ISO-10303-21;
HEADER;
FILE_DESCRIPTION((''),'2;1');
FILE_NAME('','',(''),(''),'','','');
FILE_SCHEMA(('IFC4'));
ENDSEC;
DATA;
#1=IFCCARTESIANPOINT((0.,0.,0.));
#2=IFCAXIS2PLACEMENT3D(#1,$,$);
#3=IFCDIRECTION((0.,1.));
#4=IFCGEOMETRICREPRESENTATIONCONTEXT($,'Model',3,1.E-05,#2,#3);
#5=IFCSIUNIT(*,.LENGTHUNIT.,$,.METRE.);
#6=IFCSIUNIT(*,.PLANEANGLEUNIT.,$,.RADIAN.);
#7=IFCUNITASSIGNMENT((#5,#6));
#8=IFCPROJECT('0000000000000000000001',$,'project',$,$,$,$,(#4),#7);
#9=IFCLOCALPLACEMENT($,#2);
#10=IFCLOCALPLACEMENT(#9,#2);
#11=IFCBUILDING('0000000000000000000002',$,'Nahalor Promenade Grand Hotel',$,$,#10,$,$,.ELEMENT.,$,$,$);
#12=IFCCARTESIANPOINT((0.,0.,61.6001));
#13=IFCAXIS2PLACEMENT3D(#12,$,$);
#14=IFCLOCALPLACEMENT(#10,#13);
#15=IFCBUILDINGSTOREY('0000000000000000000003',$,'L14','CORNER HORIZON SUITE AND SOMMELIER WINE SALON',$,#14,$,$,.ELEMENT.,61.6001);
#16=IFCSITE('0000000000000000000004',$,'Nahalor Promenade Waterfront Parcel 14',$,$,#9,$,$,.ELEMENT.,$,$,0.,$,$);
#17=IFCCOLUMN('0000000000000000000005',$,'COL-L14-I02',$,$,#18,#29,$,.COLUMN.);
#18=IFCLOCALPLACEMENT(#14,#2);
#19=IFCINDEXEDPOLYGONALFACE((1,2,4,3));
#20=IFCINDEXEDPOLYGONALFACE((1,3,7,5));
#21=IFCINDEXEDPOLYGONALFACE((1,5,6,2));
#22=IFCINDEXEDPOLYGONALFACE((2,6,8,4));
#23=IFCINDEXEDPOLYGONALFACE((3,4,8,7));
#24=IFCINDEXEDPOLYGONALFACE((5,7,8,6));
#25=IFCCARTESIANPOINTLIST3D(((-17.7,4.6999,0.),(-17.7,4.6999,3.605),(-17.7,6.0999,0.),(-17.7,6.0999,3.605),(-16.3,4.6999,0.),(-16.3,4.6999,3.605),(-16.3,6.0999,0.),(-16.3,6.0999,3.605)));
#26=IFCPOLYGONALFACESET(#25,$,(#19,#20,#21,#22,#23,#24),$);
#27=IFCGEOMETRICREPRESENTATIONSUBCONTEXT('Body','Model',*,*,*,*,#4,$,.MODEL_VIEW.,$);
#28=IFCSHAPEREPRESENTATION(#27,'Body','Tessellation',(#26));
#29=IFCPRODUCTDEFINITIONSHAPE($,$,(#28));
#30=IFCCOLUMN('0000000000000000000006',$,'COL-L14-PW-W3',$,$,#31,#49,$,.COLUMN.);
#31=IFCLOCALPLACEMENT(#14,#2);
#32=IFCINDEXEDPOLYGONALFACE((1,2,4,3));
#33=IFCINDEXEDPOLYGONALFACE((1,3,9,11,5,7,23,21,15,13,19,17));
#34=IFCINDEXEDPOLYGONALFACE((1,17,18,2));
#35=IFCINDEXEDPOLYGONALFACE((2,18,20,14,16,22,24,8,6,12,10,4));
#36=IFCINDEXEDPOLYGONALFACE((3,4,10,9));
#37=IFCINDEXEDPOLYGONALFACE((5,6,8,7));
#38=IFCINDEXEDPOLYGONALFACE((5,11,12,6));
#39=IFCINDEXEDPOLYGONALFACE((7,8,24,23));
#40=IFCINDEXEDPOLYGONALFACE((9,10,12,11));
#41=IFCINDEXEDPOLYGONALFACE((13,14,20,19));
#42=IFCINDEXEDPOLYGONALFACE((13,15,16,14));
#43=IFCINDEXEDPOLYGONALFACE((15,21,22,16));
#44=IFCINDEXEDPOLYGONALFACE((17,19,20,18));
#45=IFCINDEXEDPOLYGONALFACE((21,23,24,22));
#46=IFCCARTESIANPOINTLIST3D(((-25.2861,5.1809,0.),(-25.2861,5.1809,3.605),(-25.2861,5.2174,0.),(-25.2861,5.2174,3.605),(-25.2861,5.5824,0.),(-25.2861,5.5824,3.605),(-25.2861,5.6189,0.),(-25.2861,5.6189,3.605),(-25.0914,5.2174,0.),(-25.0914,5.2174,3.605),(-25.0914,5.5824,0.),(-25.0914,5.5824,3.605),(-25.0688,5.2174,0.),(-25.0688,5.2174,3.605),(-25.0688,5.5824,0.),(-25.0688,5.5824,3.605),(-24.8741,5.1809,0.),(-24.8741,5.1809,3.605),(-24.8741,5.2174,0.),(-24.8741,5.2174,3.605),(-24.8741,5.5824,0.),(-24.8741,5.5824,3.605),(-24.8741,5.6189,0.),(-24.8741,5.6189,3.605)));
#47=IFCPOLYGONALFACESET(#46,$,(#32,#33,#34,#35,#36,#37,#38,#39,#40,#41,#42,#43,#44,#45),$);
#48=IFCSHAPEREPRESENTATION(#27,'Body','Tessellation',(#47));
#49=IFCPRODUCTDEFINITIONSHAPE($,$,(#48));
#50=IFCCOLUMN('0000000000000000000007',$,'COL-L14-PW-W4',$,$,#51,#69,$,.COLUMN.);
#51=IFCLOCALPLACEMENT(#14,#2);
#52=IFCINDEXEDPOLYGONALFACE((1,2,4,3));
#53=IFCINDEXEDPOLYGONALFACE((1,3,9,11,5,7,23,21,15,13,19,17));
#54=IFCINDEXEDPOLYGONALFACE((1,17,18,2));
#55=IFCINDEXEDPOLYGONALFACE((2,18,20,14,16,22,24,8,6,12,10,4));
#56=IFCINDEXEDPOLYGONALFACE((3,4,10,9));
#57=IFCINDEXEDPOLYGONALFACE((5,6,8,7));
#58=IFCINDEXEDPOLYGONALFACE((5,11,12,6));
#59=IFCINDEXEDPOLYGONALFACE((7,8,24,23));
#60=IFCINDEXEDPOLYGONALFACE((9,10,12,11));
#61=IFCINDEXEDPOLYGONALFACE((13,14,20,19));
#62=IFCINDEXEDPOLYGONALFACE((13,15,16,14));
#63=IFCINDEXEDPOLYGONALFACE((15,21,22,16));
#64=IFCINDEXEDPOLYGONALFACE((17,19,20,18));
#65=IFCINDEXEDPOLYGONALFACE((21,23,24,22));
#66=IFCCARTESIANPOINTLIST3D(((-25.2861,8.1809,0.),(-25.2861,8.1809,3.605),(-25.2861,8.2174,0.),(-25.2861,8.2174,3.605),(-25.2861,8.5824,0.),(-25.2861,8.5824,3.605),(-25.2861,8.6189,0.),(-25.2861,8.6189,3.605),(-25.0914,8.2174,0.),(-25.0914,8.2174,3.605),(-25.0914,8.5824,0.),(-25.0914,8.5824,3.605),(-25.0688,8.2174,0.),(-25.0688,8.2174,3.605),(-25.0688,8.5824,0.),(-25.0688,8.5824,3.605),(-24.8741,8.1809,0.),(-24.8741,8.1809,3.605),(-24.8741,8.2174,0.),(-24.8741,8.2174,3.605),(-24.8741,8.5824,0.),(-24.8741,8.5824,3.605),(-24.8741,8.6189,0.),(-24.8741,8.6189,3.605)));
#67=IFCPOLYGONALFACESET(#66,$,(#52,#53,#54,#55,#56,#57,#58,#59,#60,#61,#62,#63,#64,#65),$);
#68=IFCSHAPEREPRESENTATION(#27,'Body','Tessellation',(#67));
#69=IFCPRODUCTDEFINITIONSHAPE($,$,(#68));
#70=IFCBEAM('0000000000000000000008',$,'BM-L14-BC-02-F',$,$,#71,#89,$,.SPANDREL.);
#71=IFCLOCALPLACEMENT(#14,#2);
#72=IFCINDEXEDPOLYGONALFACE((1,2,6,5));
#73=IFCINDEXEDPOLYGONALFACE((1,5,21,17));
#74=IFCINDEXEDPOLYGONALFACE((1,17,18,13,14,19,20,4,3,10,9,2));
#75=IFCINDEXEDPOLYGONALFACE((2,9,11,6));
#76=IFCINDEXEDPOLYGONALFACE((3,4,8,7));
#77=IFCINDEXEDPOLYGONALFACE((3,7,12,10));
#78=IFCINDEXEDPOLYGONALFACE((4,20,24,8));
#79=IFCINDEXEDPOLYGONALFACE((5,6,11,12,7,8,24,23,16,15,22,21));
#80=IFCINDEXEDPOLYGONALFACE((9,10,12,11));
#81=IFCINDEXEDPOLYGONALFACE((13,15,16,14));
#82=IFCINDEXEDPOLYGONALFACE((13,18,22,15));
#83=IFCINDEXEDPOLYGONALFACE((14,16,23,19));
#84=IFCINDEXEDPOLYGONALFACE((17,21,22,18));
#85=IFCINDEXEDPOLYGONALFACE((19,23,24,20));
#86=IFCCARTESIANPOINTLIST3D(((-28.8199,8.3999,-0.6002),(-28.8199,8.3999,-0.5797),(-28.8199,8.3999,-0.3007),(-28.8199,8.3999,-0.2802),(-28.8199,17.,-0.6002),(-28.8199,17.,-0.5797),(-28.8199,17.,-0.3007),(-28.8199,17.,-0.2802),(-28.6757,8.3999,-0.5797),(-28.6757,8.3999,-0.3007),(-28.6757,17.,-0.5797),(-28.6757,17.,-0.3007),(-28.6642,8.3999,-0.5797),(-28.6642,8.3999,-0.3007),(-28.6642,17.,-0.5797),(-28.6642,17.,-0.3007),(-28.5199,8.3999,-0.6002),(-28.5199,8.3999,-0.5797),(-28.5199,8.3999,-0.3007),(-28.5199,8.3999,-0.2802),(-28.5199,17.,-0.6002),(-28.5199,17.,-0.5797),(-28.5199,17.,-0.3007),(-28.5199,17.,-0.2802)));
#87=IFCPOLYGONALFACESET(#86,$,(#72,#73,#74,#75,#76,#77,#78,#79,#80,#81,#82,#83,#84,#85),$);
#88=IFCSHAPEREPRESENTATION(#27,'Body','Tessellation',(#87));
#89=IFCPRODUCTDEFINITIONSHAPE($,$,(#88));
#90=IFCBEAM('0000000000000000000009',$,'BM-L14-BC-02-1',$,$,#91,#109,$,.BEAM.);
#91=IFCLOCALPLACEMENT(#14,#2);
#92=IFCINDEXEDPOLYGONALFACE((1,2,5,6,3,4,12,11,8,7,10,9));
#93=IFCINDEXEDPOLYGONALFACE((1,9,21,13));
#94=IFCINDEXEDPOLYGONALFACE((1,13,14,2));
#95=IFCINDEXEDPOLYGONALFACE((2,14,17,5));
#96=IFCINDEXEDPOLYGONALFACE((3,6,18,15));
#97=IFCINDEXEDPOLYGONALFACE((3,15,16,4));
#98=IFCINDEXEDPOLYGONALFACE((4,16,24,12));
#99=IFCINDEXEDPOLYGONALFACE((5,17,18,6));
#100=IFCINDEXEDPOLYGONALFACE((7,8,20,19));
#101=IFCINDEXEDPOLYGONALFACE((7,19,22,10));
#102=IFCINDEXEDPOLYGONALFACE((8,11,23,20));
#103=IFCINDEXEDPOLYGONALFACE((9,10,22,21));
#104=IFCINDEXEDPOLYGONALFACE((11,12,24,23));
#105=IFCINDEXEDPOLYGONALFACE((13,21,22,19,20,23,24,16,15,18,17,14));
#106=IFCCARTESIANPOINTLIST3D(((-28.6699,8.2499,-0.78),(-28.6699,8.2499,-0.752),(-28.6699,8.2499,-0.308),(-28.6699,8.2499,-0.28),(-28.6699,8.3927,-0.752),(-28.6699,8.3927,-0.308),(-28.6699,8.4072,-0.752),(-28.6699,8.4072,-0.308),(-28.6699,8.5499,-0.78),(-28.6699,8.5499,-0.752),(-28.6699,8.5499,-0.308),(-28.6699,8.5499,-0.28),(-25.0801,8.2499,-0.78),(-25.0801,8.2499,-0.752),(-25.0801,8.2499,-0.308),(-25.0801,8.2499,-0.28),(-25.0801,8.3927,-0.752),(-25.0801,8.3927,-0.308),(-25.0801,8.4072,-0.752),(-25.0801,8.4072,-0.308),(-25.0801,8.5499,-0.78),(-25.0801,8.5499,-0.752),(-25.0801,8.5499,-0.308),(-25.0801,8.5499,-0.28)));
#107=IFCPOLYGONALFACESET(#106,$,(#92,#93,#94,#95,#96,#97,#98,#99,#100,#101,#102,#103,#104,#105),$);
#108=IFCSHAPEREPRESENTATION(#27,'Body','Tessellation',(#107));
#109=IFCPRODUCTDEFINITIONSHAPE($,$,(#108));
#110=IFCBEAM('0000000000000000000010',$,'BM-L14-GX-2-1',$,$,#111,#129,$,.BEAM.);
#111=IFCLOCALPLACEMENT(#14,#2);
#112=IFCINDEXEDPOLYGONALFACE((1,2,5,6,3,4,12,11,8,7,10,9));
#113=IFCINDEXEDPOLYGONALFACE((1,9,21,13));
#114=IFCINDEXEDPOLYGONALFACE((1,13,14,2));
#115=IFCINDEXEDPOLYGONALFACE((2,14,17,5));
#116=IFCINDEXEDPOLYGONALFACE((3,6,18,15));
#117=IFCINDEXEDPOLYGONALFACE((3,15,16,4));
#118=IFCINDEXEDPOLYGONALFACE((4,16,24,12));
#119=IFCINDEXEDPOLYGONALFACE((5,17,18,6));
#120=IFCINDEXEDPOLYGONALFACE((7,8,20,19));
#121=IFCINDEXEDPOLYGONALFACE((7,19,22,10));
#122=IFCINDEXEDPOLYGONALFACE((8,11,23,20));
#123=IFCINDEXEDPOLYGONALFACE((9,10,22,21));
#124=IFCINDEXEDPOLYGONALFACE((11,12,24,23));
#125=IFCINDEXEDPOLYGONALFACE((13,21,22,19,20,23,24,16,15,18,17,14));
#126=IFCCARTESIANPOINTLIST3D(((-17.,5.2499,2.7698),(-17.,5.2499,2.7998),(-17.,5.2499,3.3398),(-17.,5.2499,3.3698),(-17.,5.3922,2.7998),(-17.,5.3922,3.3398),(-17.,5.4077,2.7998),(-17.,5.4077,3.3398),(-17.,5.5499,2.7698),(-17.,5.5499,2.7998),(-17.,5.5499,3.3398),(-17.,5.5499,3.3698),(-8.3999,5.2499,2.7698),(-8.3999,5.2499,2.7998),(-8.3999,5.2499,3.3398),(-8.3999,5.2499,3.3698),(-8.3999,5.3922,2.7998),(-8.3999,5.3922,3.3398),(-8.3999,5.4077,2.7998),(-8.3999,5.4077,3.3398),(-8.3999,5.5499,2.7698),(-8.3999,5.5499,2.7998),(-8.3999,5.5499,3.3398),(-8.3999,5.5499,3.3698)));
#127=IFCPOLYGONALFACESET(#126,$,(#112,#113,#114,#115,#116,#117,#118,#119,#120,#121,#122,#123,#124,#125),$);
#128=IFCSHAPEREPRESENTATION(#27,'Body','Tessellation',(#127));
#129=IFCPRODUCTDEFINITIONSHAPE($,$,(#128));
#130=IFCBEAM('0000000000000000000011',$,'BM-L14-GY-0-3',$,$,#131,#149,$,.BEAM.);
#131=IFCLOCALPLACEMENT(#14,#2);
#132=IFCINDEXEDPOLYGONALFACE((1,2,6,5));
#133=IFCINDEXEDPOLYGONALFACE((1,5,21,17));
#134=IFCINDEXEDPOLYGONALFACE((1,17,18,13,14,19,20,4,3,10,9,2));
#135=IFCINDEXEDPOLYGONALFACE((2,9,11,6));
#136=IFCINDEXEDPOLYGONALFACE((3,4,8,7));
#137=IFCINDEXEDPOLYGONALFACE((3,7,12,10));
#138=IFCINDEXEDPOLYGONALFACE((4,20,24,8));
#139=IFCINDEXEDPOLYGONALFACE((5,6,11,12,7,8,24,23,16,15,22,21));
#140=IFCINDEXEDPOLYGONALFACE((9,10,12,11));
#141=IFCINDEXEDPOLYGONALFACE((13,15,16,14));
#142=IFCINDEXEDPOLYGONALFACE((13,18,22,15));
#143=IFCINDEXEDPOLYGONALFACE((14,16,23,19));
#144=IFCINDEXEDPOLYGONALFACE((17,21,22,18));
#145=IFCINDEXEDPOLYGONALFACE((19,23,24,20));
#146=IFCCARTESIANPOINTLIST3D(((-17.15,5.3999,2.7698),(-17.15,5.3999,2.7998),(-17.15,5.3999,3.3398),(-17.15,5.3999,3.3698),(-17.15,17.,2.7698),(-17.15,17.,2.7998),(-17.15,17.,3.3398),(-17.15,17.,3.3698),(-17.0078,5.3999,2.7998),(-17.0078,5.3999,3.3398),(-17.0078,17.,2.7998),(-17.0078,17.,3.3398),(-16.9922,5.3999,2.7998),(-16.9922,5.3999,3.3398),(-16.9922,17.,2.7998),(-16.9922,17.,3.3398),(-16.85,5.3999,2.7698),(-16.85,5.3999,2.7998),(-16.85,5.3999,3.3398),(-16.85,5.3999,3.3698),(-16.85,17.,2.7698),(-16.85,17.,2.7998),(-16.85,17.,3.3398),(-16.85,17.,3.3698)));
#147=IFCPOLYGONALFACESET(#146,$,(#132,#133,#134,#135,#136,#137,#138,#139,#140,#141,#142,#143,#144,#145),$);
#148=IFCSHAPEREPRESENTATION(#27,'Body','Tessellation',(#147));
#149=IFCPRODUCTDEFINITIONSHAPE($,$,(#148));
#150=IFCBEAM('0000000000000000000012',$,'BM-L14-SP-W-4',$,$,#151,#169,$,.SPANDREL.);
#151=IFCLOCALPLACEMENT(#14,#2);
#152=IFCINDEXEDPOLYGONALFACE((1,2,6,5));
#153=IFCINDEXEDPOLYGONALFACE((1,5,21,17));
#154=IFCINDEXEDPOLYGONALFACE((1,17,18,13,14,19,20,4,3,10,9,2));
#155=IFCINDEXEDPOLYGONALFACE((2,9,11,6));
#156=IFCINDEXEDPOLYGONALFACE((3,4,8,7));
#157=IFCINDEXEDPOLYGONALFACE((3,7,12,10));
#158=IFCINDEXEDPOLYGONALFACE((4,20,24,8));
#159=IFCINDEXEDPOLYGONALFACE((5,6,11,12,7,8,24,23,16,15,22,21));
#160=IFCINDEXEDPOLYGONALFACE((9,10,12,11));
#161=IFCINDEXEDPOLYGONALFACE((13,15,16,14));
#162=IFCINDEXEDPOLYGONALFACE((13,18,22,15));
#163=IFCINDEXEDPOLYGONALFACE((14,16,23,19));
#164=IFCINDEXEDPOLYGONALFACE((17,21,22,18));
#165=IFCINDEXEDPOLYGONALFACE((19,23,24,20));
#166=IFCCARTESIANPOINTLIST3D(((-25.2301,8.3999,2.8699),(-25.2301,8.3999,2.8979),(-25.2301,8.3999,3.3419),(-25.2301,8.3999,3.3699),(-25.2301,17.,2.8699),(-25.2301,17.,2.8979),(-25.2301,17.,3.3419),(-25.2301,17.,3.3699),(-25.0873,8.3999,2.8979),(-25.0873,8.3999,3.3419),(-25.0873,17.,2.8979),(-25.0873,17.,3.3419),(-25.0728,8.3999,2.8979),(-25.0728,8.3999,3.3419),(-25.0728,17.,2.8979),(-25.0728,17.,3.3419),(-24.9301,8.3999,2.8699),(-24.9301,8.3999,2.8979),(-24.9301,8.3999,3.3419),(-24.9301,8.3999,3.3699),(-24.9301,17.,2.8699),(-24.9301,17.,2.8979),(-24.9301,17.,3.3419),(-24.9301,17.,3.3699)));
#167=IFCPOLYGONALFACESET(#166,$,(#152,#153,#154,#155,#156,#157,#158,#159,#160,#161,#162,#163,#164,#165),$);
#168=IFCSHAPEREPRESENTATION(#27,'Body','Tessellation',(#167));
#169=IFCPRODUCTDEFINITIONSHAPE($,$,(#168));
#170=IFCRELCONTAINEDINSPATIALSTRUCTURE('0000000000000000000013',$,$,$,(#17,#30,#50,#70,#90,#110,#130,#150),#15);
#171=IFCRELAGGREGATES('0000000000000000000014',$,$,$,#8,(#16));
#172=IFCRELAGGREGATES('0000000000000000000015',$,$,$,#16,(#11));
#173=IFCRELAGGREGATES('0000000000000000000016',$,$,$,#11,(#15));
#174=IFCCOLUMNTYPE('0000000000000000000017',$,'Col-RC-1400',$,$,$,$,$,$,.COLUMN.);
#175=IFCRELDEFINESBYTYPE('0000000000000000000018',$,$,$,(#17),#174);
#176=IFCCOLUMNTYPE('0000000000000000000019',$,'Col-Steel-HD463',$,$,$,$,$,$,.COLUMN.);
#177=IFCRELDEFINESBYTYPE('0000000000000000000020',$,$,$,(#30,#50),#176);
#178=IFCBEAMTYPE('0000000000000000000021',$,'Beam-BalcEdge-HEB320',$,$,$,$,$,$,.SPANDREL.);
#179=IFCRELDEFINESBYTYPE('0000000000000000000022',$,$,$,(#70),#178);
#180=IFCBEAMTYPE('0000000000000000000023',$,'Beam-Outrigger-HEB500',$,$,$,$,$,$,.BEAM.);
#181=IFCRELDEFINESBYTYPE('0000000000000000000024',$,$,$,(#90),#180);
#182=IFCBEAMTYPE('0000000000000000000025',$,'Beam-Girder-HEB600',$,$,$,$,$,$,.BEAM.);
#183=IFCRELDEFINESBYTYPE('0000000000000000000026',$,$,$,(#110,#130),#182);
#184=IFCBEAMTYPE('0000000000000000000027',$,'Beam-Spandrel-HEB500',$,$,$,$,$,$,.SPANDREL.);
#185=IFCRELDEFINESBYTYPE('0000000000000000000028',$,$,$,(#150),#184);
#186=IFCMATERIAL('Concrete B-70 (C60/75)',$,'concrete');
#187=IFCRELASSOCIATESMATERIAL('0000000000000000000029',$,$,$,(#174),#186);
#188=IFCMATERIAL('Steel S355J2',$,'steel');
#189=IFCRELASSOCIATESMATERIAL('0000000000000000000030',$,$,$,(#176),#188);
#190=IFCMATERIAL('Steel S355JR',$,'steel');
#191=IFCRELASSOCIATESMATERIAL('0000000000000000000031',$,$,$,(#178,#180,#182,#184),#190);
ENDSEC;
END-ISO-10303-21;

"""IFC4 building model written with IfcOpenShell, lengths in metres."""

from ifc_helpers import new_model, si_unit, direction, frame, origin, origin_2d, place, context, subcontext, project, spatial, rectangle, i_section, extrude, source, transform, mapped, material, material_profile, profile_set, type_object, element, save


model = new_model("IFC4")

# Units and contexts
model_context = context("Model", 3, precision=1e-05, world=origin(), true_north=direction((0.0, 1.0)))
body_context = subcontext(model_context, "Body", "Model", "MODEL_VIEW")
ifc_project = project(units=[si_unit("LENGTHUNIT", "METRE"), si_unit("PLANEANGLEUNIT", "RADIAN")], contexts=[model_context])

# Site, building, storey
site_placement = place(None, origin())
site = spatial("IfcSite", under=ifc_project, at=site_placement, Name="Nahalor Promenade Waterfront Parcel 14", CompositionType="ELEMENT", RefElevation=0.0)
building_placement = place(site_placement, origin())
building = spatial("IfcBuilding", under=site, at=building_placement, Name="Nahalor Promenade Grand Hotel", CompositionType="ELEMENT")
storey_placement = place(building_placement, frame((0.0, 0.0, 61.6001)))
storey = spatial("IfcBuildingStorey", under=building, at=storey_placement, Name="L14", Description="CORNER HORIZON SUITE AND SOMMELIER WINE SALON", CompositionType="ELEMENT", Elevation=61.6001)

# Columns
ifc_material_1 = material(Name="Concrete B-70 (C60/75)", Category="concrete")
ifc_material_profile_1 = material_profile(ifc_material_1, rectangle(XDim=1.4, YDim=1.4, at=origin_2d()), Name="RC 1400x1400")
ifc_profile_set_1 = profile_set([ifc_material_profile_1], Name="Concrete B-70 (C60/75)")
column_type_1 = type_object("IfcColumnType", Name="Col-RC-1400", PredefinedType="COLUMN", material=ifc_profile_set_1)
shared_shape_1 = source(origin(), body_context, "Body", "SweptSolid", [
    extrude(rectangle(XDim=1.4, YDim=1.4, at=origin_2d()), origin(), (0.0, 0.0, 1.0), 3.605),
])
column_placement = place(storey_placement, frame((-17.0, 5.3999, 0.0), z_axis=(0.0, 0.0, 1.0), x_axis=(1.0, 0.0, 0.0)))
element("IfcColumn", 1, at=column_placement, inside=storey, type_object=column_type_1, Name="COL-L14-I02", PredefinedType="COLUMN", context=body_context, shape_type="MappedRepresentation", body=[
    mapped(shared_shape_1, transform((0.0, 0.0, 0.0), scale=1.0)),
])
ifc_material_2 = material(Name="Steel S355J2", Category="steel")
ifc_material_profile_2 = material_profile(ifc_material_2, i_section(OverallWidth=0.412, OverallDepth=0.438, WebThickness=0.0226, FlangeThickness=0.0365, at=origin_2d()), Name="HD 400x463")
ifc_profile_set_2 = profile_set([ifc_material_profile_2], Name="Steel S355J2")
column_type_2 = type_object("IfcColumnType", Name="Col-Steel-HD463", PredefinedType="COLUMN", material=ifc_profile_set_2)
shared_shape_2 = source(origin(), body_context, "Body", "SweptSolid", [
    extrude(i_section(OverallWidth=0.412, OverallDepth=0.438, WebThickness=0.0226, FlangeThickness=0.0365, at=origin_2d()), origin(), (0.0, 0.0, 1.0), 3.605),
])
for number, where, z_axis, x_axis, name in (
    (2, (-25.0801, 5.3999, 0.0), (0.0, 0.0, 1.0), (1.0, 0.0, 0.0), "COL-L14-PW-W3"),
    (3, (-25.0801, 8.3999, 0.0), (0.0, 0.0, 1.0), (1.0, 0.0, 0.0), "COL-L14-PW-W4"),
):
    element("IfcColumn", number, at=place(storey_placement, frame(where, z_axis=z_axis, x_axis=x_axis)), inside=storey, type_object=column_type_2, Name=name, PredefinedType="COLUMN", context=body_context, shape_type="MappedRepresentation", body=[
        mapped(shared_shape_2, transform((0.0, 0.0, 0.0), scale=1.0)),
    ])

# Beams
ifc_material_3 = material(Name="Steel S355JR", Category="steel")
ifc_material_profile_3 = material_profile(ifc_material_3, i_section(OverallWidth=0.3, OverallDepth=0.32, WebThickness=0.0115, FlangeThickness=0.0205, at=origin_2d()), Name="HEB 320")
ifc_profile_set_3 = profile_set([ifc_material_profile_3], Name="Steel S355JR")
beam_type_1 = type_object("IfcBeamType", Name="Beam-BalcEdge-HEB320", PredefinedType="SPANDREL", material=ifc_profile_set_3)
shared_shape_3 = source(origin(), body_context, "Body", "SweptSolid", [
    extrude(i_section(OverallWidth=0.3, OverallDepth=0.32, WebThickness=0.0115, FlangeThickness=0.0205, at=origin_2d()), origin(), (0.0, 0.0, 1.0), 8.6001),
])
beam_1_placement = place(storey_placement, frame((-28.6699, 8.3999, -0.4402), z_axis=(0.0, 1.0, 0.0), x_axis=(-1.0, 0.0, 0.0)))
element("IfcBeam", 4, at=beam_1_placement, inside=storey, type_object=beam_type_1, Name="BM-L14-BC-02-F", PredefinedType="SPANDREL", context=body_context, shape_type="MappedRepresentation", body=[
    mapped(shared_shape_3, transform((0.0, 0.0, 0.0), scale=1.0)),
])
ifc_material_profile_4 = material_profile(ifc_material_3, i_section(OverallWidth=0.3, OverallDepth=0.5, WebThickness=0.0145, FlangeThickness=0.028, at=origin_2d()), Name="HEB 500")
ifc_profile_set_4 = profile_set([ifc_material_profile_4], Name="Steel S355JR")
beam_type_2 = type_object("IfcBeamType", Name="Beam-Outrigger-HEB500", PredefinedType="BEAM", material=ifc_profile_set_4)
shared_shape_4 = source(origin(), body_context, "Body", "SweptSolid", [
    extrude(i_section(OverallWidth=0.3, OverallDepth=0.5, WebThickness=0.0145, FlangeThickness=0.028, at=origin_2d()), origin(), (0.0, 0.0, 1.0), 3.5898),
])
beam_2_placement = place(storey_placement, frame((-28.6699, 8.3999, -0.53), z_axis=(1.0, 0.0, 0.0), x_axis=(0.0, 1.0, 0.0)))
element("IfcBeam", 5, at=beam_2_placement, inside=storey, type_object=beam_type_2, Name="BM-L14-BC-02-1", PredefinedType="BEAM", context=body_context, shape_type="MappedRepresentation", body=[
    mapped(shared_shape_4, transform((0.0, 0.0, 0.0), scale=1.0)),
])
ifc_material_profile_5 = material_profile(ifc_material_3, i_section(OverallWidth=0.3, OverallDepth=0.6, WebThickness=0.0155, FlangeThickness=0.03, at=origin_2d()), Name="HEB 600")
ifc_profile_set_5 = profile_set([ifc_material_profile_5], Name="Steel S355JR")
beam_type_3 = type_object("IfcBeamType", Name="Beam-Girder-HEB600", PredefinedType="BEAM", material=ifc_profile_set_5)
shared_shape_5 = source(origin(), body_context, "Body", "SweptSolid", [
    extrude(i_section(OverallWidth=0.3, OverallDepth=0.6, WebThickness=0.0155, FlangeThickness=0.03, at=origin_2d()), origin(), (0.0, 0.0, 1.0), 8.6001),
])
beam_3_placement = place(storey_placement, frame((-17.0, 5.3999, 3.0698), z_axis=(1.0, 0.0, 0.0), x_axis=(0.0, 1.0, 0.0)))
element("IfcBeam", 6, at=beam_3_placement, inside=storey, type_object=beam_type_3, Name="BM-L14-GX-2-1", PredefinedType="BEAM", context=body_context, shape_type="MappedRepresentation", body=[
    mapped(shared_shape_5, transform((0.0, 0.0, 0.0), scale=1.0)),
])
shared_shape_6 = source(origin(), body_context, "Body", "SweptSolid", [
    extrude(i_section(OverallWidth=0.3, OverallDepth=0.6, WebThickness=0.0155, FlangeThickness=0.03, at=origin_2d()), origin(), (0.0, 0.0, 1.0), 11.6001),
])
beam_4_placement = place(storey_placement, frame((-17.0, 5.3999, 3.0698), z_axis=(0.0, 1.0, 0.0), x_axis=(-1.0, 0.0, 0.0)))
element("IfcBeam", 7, at=beam_4_placement, inside=storey, type_object=beam_type_3, Name="BM-L14-GY-0-3", PredefinedType="BEAM", context=body_context, shape_type="MappedRepresentation", body=[
    mapped(shared_shape_6, transform((0.0, 0.0, 0.0), scale=1.0)),
])
ifc_material_profile_6 = material_profile(ifc_material_3, i_section(OverallWidth=0.3, OverallDepth=0.5, WebThickness=0.0145, FlangeThickness=0.028, at=origin_2d()), Name="HEB 500")
ifc_profile_set_6 = profile_set([ifc_material_profile_6], Name="Steel S355JR")
beam_type_4 = type_object("IfcBeamType", Name="Beam-Spandrel-HEB500", PredefinedType="SPANDREL", material=ifc_profile_set_6)
shared_shape_7 = source(origin(), body_context, "Body", "SweptSolid", [
    extrude(i_section(OverallWidth=0.3, OverallDepth=0.5, WebThickness=0.0145, FlangeThickness=0.028, at=origin_2d()), origin(), (0.0, 0.0, 1.0), 8.6001),
])
beam_5_placement = place(storey_placement, frame((-25.0801, 8.3999, 3.1199), z_axis=(0.0, 1.0, 0.0), x_axis=(-1.0, 0.0, 0.0)))
element("IfcBeam", 8, at=beam_5_placement, inside=storey, type_object=beam_type_4, Name="BM-L14-SP-W-4", PredefinedType="SPANDREL", context=body_context, shape_type="MappedRepresentation", body=[
    mapped(shared_shape_7, transform((0.0, 0.0, 0.0), scale=1.0)),
])

save(model, "model.ifc")
